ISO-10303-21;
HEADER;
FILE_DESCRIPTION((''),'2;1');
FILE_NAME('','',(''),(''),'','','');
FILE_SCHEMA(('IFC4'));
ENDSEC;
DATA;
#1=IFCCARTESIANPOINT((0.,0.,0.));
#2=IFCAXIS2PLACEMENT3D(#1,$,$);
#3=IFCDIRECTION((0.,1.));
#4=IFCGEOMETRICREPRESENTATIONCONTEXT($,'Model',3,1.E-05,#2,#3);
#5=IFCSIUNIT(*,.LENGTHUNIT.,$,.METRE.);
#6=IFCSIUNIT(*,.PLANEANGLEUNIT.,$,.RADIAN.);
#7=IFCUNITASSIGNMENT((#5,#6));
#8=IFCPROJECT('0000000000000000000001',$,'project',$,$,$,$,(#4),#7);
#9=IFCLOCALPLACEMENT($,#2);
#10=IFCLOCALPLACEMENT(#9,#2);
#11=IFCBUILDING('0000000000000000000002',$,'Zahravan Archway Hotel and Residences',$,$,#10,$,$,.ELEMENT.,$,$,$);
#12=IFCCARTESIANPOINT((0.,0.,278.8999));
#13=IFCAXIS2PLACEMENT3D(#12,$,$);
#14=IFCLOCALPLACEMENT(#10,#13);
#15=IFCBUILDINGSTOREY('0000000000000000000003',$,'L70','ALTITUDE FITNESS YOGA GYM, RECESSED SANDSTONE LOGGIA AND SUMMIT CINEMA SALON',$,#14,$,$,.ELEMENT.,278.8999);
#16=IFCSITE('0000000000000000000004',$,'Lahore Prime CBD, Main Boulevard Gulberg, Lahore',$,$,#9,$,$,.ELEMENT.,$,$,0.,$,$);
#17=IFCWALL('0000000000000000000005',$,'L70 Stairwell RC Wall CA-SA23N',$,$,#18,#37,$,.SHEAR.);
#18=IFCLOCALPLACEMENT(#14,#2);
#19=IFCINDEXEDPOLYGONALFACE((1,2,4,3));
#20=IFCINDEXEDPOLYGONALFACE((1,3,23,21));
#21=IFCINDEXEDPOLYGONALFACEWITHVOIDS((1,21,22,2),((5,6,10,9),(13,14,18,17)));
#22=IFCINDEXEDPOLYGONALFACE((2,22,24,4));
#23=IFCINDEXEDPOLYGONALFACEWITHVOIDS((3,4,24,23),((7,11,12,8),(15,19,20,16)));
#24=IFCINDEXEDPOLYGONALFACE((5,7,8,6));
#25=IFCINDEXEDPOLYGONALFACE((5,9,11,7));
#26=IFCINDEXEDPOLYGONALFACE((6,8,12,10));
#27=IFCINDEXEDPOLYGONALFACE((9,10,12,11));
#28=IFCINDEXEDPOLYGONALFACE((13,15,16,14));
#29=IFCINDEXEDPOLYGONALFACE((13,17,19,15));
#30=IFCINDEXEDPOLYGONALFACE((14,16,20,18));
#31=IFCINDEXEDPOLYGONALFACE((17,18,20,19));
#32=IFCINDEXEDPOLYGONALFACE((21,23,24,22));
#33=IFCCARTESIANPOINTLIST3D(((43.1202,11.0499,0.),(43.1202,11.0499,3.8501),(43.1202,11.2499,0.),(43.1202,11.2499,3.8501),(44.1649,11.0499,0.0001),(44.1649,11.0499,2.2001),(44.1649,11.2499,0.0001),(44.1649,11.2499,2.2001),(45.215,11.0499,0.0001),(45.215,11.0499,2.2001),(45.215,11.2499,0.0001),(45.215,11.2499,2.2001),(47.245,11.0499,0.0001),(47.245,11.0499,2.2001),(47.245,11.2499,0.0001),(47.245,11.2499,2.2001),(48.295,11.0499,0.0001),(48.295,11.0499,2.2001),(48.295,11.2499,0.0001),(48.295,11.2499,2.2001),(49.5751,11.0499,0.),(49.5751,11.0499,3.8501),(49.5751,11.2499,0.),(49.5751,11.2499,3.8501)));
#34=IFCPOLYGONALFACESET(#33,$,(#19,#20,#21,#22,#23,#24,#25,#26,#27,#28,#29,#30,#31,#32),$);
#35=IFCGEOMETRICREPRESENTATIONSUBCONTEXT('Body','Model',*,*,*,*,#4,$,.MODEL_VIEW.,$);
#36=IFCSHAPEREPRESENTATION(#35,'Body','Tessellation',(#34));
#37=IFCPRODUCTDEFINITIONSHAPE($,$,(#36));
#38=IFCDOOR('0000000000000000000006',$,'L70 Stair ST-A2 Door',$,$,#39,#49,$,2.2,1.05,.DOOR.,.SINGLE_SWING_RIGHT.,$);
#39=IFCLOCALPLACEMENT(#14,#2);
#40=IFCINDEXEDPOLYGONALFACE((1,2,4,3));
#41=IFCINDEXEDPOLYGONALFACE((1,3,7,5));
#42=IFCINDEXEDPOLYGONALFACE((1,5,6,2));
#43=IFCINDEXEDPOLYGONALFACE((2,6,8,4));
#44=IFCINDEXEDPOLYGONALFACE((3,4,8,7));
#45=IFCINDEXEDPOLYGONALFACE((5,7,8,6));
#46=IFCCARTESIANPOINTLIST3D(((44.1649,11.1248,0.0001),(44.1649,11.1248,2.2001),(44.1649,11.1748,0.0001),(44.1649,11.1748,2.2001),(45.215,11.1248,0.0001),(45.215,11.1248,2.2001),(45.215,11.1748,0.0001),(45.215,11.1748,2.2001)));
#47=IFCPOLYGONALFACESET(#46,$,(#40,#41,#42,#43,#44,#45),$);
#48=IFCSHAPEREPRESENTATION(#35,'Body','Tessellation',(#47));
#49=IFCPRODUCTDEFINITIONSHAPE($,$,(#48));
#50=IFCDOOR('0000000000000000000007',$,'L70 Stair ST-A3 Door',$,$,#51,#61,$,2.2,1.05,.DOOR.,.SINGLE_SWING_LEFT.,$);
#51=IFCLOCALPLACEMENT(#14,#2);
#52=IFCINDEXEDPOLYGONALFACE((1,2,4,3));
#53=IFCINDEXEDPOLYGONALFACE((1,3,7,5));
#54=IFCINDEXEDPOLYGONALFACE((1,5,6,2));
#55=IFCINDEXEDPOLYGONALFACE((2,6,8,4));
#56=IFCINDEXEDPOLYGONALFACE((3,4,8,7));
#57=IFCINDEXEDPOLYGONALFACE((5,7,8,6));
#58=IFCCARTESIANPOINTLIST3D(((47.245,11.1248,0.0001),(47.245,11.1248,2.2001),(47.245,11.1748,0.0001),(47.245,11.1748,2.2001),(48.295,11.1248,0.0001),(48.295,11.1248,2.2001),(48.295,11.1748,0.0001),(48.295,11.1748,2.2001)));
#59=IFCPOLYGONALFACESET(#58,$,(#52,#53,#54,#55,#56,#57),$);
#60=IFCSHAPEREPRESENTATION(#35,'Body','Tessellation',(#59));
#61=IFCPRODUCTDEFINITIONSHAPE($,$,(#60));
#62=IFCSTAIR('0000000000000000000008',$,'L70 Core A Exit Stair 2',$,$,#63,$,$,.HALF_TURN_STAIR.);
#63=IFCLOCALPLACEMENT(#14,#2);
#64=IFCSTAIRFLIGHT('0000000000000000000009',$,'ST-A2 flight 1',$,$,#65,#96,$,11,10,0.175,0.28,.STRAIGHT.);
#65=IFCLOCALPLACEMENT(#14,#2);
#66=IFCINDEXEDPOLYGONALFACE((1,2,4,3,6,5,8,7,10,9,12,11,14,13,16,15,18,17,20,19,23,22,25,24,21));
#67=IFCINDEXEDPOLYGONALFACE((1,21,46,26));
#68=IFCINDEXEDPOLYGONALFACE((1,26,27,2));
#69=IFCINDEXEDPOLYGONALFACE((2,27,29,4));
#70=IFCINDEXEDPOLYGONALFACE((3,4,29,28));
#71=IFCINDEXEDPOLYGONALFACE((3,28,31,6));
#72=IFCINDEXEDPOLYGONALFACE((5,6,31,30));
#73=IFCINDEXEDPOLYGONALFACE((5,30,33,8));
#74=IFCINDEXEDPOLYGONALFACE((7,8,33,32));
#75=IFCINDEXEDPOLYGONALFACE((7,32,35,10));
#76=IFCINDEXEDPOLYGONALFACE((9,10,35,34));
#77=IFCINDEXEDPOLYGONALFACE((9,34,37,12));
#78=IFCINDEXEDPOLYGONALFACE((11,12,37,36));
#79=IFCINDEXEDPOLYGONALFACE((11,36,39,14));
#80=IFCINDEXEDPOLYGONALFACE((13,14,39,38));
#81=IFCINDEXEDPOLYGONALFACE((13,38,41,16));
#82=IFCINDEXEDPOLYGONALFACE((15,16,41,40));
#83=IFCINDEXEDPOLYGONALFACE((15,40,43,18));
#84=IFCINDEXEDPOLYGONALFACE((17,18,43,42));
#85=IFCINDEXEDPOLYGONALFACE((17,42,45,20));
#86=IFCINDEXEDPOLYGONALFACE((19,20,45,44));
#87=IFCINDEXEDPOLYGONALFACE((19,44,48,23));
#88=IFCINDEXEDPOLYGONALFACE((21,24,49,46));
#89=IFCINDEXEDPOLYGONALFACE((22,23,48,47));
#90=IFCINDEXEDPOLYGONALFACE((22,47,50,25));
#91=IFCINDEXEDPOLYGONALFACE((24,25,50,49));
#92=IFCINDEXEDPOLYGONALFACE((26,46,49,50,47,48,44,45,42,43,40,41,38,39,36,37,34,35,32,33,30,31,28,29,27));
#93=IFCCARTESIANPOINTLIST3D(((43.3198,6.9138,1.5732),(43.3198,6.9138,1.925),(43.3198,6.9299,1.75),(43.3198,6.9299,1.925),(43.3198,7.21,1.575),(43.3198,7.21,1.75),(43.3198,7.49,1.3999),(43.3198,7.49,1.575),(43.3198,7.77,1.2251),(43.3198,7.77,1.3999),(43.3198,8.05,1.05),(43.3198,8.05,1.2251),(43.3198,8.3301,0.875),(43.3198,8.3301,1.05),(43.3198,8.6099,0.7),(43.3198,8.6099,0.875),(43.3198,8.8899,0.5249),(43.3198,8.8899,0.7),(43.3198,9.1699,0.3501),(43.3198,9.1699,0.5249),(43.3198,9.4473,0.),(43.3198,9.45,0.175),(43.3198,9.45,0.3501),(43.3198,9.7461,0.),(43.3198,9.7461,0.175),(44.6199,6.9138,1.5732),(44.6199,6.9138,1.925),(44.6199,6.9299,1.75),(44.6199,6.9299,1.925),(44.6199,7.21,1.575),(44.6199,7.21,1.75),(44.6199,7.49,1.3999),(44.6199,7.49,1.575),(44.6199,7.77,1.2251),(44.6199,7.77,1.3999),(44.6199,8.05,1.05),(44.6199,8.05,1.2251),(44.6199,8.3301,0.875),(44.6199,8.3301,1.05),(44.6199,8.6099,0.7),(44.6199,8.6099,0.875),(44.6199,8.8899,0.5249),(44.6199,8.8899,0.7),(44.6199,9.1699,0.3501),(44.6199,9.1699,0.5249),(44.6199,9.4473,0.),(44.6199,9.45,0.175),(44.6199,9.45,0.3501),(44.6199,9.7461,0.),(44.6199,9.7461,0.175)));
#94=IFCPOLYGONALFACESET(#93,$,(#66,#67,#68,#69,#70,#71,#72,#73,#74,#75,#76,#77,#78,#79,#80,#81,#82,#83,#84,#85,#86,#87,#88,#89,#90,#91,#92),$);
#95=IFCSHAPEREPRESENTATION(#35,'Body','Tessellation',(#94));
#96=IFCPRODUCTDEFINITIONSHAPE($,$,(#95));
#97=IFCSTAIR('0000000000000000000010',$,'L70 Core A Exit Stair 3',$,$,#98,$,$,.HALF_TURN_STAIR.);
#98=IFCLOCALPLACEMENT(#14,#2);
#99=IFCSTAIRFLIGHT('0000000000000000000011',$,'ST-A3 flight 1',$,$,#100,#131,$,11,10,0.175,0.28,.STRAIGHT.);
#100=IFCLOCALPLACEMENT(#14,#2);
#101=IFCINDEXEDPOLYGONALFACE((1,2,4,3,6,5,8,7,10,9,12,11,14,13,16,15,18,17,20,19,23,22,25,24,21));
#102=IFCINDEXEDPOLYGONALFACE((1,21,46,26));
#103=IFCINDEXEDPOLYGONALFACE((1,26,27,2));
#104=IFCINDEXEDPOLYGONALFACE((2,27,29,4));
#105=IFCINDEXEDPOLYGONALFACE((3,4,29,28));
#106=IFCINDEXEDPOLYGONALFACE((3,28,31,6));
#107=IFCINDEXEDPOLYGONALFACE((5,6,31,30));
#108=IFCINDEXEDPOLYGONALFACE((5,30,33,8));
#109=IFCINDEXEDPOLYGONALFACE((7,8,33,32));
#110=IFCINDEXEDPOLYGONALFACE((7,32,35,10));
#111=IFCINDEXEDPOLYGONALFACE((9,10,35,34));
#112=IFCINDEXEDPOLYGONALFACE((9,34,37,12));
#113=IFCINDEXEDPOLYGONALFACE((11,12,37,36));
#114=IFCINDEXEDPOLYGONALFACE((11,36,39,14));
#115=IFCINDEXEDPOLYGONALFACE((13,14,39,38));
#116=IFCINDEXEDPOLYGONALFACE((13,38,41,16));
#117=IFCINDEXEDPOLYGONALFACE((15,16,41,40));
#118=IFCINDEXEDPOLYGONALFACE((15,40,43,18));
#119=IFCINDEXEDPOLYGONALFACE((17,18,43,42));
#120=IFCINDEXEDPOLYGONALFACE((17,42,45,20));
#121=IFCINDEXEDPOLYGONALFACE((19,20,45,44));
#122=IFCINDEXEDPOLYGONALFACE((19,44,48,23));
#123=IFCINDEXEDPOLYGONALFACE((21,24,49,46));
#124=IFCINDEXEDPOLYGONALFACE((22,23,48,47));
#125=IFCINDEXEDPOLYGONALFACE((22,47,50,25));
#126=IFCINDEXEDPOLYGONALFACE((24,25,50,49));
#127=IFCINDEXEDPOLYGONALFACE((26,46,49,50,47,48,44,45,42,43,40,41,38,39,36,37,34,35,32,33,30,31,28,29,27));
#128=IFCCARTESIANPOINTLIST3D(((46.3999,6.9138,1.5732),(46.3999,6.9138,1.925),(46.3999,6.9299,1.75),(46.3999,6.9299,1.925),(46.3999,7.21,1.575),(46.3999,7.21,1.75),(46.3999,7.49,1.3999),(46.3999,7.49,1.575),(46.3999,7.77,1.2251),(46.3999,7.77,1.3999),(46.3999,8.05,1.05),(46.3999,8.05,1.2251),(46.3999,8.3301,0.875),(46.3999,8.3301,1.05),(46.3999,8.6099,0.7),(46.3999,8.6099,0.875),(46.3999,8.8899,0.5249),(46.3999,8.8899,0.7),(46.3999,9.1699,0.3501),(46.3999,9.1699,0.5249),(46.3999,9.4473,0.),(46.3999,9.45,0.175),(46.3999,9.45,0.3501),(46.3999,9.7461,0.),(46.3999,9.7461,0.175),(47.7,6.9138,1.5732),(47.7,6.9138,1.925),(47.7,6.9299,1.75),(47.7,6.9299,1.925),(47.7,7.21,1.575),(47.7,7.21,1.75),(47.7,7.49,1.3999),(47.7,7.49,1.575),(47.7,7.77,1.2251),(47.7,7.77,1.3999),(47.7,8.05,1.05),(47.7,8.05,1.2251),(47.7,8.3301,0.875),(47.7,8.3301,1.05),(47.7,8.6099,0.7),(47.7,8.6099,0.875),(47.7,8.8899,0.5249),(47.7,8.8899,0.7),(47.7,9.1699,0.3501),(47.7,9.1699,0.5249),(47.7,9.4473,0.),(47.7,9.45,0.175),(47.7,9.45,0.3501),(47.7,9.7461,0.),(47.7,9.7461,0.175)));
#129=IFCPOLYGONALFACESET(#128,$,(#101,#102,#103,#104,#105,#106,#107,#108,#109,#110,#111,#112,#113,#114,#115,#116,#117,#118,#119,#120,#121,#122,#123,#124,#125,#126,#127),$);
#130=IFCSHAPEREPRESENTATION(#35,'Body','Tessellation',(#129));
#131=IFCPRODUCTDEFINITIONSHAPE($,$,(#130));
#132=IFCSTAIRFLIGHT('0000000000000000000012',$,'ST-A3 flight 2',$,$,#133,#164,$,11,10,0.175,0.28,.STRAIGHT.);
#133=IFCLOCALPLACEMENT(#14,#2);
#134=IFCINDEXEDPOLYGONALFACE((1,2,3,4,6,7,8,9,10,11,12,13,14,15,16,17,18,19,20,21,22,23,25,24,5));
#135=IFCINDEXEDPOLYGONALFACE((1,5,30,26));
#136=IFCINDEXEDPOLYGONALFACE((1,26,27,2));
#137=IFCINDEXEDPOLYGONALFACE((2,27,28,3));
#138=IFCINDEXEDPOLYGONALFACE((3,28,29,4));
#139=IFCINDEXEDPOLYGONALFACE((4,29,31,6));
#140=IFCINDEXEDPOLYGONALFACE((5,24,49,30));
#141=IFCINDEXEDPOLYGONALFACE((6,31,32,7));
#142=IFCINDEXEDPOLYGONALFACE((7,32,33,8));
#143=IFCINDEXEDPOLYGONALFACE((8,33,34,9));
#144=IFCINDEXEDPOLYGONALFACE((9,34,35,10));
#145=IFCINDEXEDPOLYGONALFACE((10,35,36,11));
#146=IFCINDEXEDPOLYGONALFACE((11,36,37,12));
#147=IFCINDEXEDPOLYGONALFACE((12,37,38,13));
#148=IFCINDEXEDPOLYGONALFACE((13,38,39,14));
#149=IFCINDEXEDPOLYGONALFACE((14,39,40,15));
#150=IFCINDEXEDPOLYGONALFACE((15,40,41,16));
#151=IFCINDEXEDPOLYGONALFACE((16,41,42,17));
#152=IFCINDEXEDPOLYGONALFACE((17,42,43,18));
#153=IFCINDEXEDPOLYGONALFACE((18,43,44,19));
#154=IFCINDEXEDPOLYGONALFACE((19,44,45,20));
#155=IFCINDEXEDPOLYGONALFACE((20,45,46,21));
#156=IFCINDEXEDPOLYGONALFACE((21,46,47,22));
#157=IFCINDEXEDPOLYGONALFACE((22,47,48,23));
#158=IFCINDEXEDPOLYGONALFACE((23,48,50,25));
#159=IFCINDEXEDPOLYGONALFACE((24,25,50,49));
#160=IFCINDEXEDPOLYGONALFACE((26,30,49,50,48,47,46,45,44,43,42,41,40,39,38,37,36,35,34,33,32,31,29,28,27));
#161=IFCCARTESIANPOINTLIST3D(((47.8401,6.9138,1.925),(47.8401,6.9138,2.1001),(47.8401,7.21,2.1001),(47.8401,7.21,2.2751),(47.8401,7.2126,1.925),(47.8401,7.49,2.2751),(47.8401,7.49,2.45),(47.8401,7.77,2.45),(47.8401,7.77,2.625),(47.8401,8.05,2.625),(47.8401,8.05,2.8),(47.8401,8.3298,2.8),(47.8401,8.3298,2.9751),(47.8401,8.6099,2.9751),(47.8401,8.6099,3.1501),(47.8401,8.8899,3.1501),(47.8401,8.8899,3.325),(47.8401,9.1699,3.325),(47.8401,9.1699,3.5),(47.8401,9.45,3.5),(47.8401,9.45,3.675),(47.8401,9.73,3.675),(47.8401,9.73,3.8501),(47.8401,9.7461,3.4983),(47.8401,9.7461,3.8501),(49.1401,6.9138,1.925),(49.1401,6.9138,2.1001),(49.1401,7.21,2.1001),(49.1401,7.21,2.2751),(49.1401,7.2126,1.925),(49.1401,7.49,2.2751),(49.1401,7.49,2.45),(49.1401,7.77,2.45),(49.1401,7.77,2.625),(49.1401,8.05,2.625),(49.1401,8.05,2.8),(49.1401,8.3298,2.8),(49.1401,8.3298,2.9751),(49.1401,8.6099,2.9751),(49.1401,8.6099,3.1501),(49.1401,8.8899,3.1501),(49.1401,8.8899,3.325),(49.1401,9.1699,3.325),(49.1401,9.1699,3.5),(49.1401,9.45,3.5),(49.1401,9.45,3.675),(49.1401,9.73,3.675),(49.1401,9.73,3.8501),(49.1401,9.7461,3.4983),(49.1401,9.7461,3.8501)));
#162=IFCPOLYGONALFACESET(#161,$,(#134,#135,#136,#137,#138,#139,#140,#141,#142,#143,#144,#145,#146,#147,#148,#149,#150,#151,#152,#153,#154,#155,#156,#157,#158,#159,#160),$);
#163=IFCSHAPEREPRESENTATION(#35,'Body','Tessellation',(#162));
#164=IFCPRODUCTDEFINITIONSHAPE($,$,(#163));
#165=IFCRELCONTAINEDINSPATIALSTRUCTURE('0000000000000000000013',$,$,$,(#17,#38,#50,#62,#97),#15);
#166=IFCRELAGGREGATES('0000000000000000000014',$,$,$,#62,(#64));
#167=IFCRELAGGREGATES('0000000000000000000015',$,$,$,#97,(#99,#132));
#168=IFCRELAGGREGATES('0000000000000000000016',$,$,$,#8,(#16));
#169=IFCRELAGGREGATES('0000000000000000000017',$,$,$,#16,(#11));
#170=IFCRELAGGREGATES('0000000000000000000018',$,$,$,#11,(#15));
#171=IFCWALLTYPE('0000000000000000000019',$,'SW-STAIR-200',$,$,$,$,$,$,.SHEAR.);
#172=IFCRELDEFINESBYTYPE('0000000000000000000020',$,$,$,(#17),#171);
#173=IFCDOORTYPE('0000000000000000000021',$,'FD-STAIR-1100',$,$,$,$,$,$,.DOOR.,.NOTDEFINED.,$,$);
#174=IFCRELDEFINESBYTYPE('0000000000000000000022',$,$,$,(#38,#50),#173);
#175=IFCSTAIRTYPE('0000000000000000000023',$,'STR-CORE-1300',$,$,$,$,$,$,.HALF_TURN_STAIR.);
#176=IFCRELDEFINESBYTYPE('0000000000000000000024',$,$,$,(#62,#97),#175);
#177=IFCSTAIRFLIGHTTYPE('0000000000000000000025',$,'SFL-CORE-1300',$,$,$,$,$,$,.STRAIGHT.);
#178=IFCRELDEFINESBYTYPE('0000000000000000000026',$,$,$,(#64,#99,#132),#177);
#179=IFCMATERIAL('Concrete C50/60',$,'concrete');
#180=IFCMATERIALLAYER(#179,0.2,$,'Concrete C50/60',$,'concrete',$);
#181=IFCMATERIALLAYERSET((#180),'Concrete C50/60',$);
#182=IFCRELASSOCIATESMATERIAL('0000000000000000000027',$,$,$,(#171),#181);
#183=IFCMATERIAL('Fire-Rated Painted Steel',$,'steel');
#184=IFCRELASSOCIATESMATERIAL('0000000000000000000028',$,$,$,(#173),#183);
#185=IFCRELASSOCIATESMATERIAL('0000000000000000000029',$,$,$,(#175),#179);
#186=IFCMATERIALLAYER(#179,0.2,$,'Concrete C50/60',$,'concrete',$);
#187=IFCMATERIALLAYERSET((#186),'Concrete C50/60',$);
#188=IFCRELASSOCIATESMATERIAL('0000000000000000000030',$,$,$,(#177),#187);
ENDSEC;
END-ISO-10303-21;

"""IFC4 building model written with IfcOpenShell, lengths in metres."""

from ifc_helpers import new_model, si_unit, direction, frame, frame_2d, origin, place, context, subcontext, project, spatial, polyline, rectangle, outline, extrude, source, transform, mapped, material, layer, layer_set, type_object, type_shapes, element, fill, aggregate, save


model = new_model("IFC4")

# Units and contexts
model_context = context("Model", 3, precision=1e-05, world=origin(), true_north=direction((0.0, 1.0)))
body_context = subcontext(model_context, "Body", "Model", "MODEL_VIEW")
ifc_project = project(units=[si_unit("LENGTHUNIT", "METRE"), si_unit("PLANEANGLEUNIT", "RADIAN")], contexts=[model_context])

# Site, building, storey
site_placement = place(None, origin())
site = spatial("IfcSite", under=ifc_project, at=site_placement, Name="Lahore Prime CBD, Main Boulevard Gulberg, Lahore", CompositionType="ELEMENT", RefElevation=0.0)
building_placement = place(site_placement, origin())
building = spatial("IfcBuilding", under=site, at=building_placement, Name="Zahravan Archway Hotel and Residences", CompositionType="ELEMENT")
storey_placement = place(building_placement, frame((0.0, 0.0, 278.8999)))
storey = spatial("IfcBuildingStorey", under=building, at=storey_placement, Name="L70", Description="ALTITUDE FITNESS YOGA GYM, RECESSED SANDSTONE LOGGIA AND SUMMIT CINEMA SALON", CompositionType="ELEMENT", Elevation=278.8999)

# Shared definitions
ifc_material_1 = material(Name="Concrete C50/60", Category="concrete")

# Shared definitions
ifc_material_2 = material(Name="Fire-Rated Painted Steel", Category="steel")

# Wall, openings, doors
ifc_layer_1 = layer(ifc_material_1, 0.2, Name="Concrete C50/60", Category="concrete")
ifc_layer_set_1 = layer_set([ifc_layer_1], Name="Concrete C50/60")
wall_type_1 = type_object("IfcWallType", Name="SW-STAIR-200", PredefinedType="SHEAR", material=ifc_layer_set_1)
wall_1_placement = place(storey_placement, frame((43.1201, 11.1499, 0.0), z_axis=(0.0, 0.0, 1.0), x_axis=(1.0, 0.0, 0.0)))
wall_1 = element("IfcWall", 1, at=wall_1_placement, inside=storey, type_object=wall_type_1, Name="L70 Stairwell RC Wall CA-SA23N", PredefinedType="SHEAR", context=body_context, shape_type="SweptSolid", body=[
    extrude(rectangle(XDim=6.4548, YDim=0.2, at=frame_2d((3.2275, 0.0))), origin(), (0.0, 0.0, 1.0), 3.8501),
])
opening_1_placement = place(wall_1_placement, frame((1.0449, 0.0, 0.0)))
opening_1 = element("IfcOpeningElement", 2, at=opening_1_placement, cuts=wall_1, PredefinedType="OPENING", context=body_context, shape_type="SweptSolid", body=[
    extrude(rectangle(XDim=1.05, YDim=2.2, at=frame_2d((0.5249, 1.1001))), frame((0.0, 0.1099, 0.0), z_axis=(0.0, -1.0, 0.0), x_axis=(1.0, 0.0, 0.0)), (0.0, 0.0, 1.0), 0.22),
])
opening_2_placement = place(wall_1_placement, frame((4.125, 0.0, 0.0)))
opening_2 = element("IfcOpeningElement", 3, at=opening_2_placement, cuts=wall_1, PredefinedType="OPENING", context=body_context, shape_type="SweptSolid", body=[
    extrude(rectangle(XDim=1.05, YDim=2.2, at=frame_2d((0.5249, 1.1001))), frame((0.0, 0.1099, 0.0), z_axis=(0.0, -1.0, 0.0), x_axis=(1.0, 0.0, 0.0)), (0.0, 0.0, 1.0), 0.22),
])
door_type_1 = type_object("IfcDoorType", Name="FD-STAIR-1100", OperationType="NOTDEFINED", PredefinedType="DOOR", material=ifc_material_2)
shared_shape_1 = source(origin(), body_context, "Body", "SweptSolid", [
    extrude(rectangle(XDim=1.05, YDim=2.2, at=frame_2d((0.5249, 1.1001))), frame((0.0, 0.0249, 0.0), z_axis=(0.0, -1.0, 0.0), x_axis=(1.0, 0.0, 0.0)), (0.0, 0.0, 1.0), 0.05),
])
type_shapes(door_type_1, [shared_shape_1])
door_1_placement = place(opening_1_placement, origin())
door_1 = element("IfcDoor", 4, at=door_1_placement, inside=storey, type_object=door_type_1, Name="L70 Stair ST-A2 Door", OperationType="SINGLE_SWING_RIGHT", OverallHeight=2.2, OverallWidth=1.05, PredefinedType="DOOR", context=body_context, shape_type="MappedRepresentation", body=[
    mapped(shared_shape_1, transform((0.0, 0.0, 0.0), scale=1.0)),
])
fill(opening_1, door_1)
door_2_placement = place(opening_2_placement, origin())
door_2 = element("IfcDoor", 5, at=door_2_placement, inside=storey, type_object=door_type_1, Name="L70 Stair ST-A3 Door", OperationType="SINGLE_SWING_LEFT", OverallHeight=2.2, OverallWidth=1.05, PredefinedType="DOOR", context=body_context, shape_type="MappedRepresentation", body=[
    mapped(shared_shape_1, transform((0.0, 0.0, 0.0), scale=1.0)),
])
fill(opening_2, door_2)

# Stair, stair flight
stair_type = type_object("IfcStairType", Name="STR-CORE-1300", PredefinedType="HALF_TURN_STAIR", material=ifc_material_1)
stair_1_placement = place(storey_placement, origin())
stair_1 = element("IfcStair", 6, at=stair_1_placement, inside=storey, type_object=stair_type, Name="L70 Core A Exit Stair 2", PredefinedType="HALF_TURN_STAIR")
ifc_layer_2 = layer(ifc_material_1, 0.2, Name="Concrete C50/60", Category="concrete")
ifc_layer_set_2 = layer_set([ifc_layer_2], Name="Concrete C50/60")
stair_flight_type = type_object("IfcStairFlightType", Name="SFL-CORE-1300", PredefinedType="STRAIGHT", material=ifc_layer_set_2)
shared_shape_2 = source(origin(), body_context, "Body", "SweptSolid", [
    extrude(outline(polyline([(-0.0161, 0.0), (-0.0161, 0.175), (0.28, 0.175), (0.28, 0.3501), (0.5601, 0.3501), (0.5601, 0.5249), (0.8401, 0.5249), (0.8401, 0.7), (1.1201, 0.7), (1.1201, 0.875), (1.3999, 0.875), (1.3999, 1.05), (1.6799, 1.05), (1.6799, 1.2251), (1.96, 1.2251), (1.96, 1.3999), (2.24, 1.3999), (2.24, 1.575), (2.52, 1.575), (2.52, 1.75), (2.8, 1.75), (2.8, 1.925), (2.8162, 1.925), (2.8162, 1.5732), (0.2827, 0.0), (-0.0161, 0.0)])), frame((0.0, 0.6499, 0.0), z_axis=(0.0, -1.0, 0.0), x_axis=(1.0, 0.0, 0.0)), (0.0, 0.0, 1.0), 1.3),
])
stair_flight_1_placement = place(storey_placement, frame((43.97, 9.73, 0.0), z_axis=(0.0, 0.0, 1.0), x_axis=(0.0, -1.0, 0.0)))
stair_flight_1 = element("IfcStairFlight", 7, at=stair_flight_1_placement, type_object=stair_flight_type, Name="ST-A2 flight 1", NumberOfRisers=11, NumberOfTreads=10, PredefinedType="STRAIGHT", RiserHeight=0.175, TreadLength=0.28, context=body_context, shape_type="MappedRepresentation", body=[
    mapped(shared_shape_2, transform((0.0, 0.0, 0.0), scale=1.0)),
])
aggregate(stair_1, [stair_flight_1])

# Stair, stair flights
stair_2_placement = place(storey_placement, origin())
stair_2 = element("IfcStair", 8, at=stair_2_placement, inside=storey, type_object=stair_type, Name="L70 Core A Exit Stair 3", PredefinedType="HALF_TURN_STAIR")
stair_flight_2_placement = place(storey_placement, frame((47.05, 9.73, 0.0), z_axis=(0.0, 0.0, 1.0), x_axis=(0.0, -1.0, 0.0)))
stair_flight_2 = element("IfcStairFlight", 9, at=stair_flight_2_placement, type_object=stair_flight_type, Name="ST-A3 flight 1", NumberOfRisers=11, NumberOfTreads=10, PredefinedType="STRAIGHT", RiserHeight=0.175, TreadLength=0.28, context=body_context, shape_type="MappedRepresentation", body=[
    mapped(shared_shape_2, transform((0.0, 0.0, 0.0), scale=1.0)),
])
stair_flight_3_placement = place(storey_placement, frame((48.49, 6.9299, 1.925), z_axis=(0.0, 0.0, 1.0), x_axis=(0.0, 1.0, 0.0)))
stair_flight_3 = element("IfcStairFlight", 10, at=stair_flight_3_placement, type_object=stair_flight_type, Name="ST-A3 flight 2", NumberOfRisers=11, NumberOfTreads=10, PredefinedType="STRAIGHT", RiserHeight=0.175, TreadLength=0.28, context=body_context, shape_type="MappedRepresentation", body=[
    mapped(shared_shape_2, transform((0.0, 0.0, 0.0), scale=1.0)),
])
aggregate(stair_2, [stair_flight_2, stair_flight_3])

save(model, "model.ifc")
